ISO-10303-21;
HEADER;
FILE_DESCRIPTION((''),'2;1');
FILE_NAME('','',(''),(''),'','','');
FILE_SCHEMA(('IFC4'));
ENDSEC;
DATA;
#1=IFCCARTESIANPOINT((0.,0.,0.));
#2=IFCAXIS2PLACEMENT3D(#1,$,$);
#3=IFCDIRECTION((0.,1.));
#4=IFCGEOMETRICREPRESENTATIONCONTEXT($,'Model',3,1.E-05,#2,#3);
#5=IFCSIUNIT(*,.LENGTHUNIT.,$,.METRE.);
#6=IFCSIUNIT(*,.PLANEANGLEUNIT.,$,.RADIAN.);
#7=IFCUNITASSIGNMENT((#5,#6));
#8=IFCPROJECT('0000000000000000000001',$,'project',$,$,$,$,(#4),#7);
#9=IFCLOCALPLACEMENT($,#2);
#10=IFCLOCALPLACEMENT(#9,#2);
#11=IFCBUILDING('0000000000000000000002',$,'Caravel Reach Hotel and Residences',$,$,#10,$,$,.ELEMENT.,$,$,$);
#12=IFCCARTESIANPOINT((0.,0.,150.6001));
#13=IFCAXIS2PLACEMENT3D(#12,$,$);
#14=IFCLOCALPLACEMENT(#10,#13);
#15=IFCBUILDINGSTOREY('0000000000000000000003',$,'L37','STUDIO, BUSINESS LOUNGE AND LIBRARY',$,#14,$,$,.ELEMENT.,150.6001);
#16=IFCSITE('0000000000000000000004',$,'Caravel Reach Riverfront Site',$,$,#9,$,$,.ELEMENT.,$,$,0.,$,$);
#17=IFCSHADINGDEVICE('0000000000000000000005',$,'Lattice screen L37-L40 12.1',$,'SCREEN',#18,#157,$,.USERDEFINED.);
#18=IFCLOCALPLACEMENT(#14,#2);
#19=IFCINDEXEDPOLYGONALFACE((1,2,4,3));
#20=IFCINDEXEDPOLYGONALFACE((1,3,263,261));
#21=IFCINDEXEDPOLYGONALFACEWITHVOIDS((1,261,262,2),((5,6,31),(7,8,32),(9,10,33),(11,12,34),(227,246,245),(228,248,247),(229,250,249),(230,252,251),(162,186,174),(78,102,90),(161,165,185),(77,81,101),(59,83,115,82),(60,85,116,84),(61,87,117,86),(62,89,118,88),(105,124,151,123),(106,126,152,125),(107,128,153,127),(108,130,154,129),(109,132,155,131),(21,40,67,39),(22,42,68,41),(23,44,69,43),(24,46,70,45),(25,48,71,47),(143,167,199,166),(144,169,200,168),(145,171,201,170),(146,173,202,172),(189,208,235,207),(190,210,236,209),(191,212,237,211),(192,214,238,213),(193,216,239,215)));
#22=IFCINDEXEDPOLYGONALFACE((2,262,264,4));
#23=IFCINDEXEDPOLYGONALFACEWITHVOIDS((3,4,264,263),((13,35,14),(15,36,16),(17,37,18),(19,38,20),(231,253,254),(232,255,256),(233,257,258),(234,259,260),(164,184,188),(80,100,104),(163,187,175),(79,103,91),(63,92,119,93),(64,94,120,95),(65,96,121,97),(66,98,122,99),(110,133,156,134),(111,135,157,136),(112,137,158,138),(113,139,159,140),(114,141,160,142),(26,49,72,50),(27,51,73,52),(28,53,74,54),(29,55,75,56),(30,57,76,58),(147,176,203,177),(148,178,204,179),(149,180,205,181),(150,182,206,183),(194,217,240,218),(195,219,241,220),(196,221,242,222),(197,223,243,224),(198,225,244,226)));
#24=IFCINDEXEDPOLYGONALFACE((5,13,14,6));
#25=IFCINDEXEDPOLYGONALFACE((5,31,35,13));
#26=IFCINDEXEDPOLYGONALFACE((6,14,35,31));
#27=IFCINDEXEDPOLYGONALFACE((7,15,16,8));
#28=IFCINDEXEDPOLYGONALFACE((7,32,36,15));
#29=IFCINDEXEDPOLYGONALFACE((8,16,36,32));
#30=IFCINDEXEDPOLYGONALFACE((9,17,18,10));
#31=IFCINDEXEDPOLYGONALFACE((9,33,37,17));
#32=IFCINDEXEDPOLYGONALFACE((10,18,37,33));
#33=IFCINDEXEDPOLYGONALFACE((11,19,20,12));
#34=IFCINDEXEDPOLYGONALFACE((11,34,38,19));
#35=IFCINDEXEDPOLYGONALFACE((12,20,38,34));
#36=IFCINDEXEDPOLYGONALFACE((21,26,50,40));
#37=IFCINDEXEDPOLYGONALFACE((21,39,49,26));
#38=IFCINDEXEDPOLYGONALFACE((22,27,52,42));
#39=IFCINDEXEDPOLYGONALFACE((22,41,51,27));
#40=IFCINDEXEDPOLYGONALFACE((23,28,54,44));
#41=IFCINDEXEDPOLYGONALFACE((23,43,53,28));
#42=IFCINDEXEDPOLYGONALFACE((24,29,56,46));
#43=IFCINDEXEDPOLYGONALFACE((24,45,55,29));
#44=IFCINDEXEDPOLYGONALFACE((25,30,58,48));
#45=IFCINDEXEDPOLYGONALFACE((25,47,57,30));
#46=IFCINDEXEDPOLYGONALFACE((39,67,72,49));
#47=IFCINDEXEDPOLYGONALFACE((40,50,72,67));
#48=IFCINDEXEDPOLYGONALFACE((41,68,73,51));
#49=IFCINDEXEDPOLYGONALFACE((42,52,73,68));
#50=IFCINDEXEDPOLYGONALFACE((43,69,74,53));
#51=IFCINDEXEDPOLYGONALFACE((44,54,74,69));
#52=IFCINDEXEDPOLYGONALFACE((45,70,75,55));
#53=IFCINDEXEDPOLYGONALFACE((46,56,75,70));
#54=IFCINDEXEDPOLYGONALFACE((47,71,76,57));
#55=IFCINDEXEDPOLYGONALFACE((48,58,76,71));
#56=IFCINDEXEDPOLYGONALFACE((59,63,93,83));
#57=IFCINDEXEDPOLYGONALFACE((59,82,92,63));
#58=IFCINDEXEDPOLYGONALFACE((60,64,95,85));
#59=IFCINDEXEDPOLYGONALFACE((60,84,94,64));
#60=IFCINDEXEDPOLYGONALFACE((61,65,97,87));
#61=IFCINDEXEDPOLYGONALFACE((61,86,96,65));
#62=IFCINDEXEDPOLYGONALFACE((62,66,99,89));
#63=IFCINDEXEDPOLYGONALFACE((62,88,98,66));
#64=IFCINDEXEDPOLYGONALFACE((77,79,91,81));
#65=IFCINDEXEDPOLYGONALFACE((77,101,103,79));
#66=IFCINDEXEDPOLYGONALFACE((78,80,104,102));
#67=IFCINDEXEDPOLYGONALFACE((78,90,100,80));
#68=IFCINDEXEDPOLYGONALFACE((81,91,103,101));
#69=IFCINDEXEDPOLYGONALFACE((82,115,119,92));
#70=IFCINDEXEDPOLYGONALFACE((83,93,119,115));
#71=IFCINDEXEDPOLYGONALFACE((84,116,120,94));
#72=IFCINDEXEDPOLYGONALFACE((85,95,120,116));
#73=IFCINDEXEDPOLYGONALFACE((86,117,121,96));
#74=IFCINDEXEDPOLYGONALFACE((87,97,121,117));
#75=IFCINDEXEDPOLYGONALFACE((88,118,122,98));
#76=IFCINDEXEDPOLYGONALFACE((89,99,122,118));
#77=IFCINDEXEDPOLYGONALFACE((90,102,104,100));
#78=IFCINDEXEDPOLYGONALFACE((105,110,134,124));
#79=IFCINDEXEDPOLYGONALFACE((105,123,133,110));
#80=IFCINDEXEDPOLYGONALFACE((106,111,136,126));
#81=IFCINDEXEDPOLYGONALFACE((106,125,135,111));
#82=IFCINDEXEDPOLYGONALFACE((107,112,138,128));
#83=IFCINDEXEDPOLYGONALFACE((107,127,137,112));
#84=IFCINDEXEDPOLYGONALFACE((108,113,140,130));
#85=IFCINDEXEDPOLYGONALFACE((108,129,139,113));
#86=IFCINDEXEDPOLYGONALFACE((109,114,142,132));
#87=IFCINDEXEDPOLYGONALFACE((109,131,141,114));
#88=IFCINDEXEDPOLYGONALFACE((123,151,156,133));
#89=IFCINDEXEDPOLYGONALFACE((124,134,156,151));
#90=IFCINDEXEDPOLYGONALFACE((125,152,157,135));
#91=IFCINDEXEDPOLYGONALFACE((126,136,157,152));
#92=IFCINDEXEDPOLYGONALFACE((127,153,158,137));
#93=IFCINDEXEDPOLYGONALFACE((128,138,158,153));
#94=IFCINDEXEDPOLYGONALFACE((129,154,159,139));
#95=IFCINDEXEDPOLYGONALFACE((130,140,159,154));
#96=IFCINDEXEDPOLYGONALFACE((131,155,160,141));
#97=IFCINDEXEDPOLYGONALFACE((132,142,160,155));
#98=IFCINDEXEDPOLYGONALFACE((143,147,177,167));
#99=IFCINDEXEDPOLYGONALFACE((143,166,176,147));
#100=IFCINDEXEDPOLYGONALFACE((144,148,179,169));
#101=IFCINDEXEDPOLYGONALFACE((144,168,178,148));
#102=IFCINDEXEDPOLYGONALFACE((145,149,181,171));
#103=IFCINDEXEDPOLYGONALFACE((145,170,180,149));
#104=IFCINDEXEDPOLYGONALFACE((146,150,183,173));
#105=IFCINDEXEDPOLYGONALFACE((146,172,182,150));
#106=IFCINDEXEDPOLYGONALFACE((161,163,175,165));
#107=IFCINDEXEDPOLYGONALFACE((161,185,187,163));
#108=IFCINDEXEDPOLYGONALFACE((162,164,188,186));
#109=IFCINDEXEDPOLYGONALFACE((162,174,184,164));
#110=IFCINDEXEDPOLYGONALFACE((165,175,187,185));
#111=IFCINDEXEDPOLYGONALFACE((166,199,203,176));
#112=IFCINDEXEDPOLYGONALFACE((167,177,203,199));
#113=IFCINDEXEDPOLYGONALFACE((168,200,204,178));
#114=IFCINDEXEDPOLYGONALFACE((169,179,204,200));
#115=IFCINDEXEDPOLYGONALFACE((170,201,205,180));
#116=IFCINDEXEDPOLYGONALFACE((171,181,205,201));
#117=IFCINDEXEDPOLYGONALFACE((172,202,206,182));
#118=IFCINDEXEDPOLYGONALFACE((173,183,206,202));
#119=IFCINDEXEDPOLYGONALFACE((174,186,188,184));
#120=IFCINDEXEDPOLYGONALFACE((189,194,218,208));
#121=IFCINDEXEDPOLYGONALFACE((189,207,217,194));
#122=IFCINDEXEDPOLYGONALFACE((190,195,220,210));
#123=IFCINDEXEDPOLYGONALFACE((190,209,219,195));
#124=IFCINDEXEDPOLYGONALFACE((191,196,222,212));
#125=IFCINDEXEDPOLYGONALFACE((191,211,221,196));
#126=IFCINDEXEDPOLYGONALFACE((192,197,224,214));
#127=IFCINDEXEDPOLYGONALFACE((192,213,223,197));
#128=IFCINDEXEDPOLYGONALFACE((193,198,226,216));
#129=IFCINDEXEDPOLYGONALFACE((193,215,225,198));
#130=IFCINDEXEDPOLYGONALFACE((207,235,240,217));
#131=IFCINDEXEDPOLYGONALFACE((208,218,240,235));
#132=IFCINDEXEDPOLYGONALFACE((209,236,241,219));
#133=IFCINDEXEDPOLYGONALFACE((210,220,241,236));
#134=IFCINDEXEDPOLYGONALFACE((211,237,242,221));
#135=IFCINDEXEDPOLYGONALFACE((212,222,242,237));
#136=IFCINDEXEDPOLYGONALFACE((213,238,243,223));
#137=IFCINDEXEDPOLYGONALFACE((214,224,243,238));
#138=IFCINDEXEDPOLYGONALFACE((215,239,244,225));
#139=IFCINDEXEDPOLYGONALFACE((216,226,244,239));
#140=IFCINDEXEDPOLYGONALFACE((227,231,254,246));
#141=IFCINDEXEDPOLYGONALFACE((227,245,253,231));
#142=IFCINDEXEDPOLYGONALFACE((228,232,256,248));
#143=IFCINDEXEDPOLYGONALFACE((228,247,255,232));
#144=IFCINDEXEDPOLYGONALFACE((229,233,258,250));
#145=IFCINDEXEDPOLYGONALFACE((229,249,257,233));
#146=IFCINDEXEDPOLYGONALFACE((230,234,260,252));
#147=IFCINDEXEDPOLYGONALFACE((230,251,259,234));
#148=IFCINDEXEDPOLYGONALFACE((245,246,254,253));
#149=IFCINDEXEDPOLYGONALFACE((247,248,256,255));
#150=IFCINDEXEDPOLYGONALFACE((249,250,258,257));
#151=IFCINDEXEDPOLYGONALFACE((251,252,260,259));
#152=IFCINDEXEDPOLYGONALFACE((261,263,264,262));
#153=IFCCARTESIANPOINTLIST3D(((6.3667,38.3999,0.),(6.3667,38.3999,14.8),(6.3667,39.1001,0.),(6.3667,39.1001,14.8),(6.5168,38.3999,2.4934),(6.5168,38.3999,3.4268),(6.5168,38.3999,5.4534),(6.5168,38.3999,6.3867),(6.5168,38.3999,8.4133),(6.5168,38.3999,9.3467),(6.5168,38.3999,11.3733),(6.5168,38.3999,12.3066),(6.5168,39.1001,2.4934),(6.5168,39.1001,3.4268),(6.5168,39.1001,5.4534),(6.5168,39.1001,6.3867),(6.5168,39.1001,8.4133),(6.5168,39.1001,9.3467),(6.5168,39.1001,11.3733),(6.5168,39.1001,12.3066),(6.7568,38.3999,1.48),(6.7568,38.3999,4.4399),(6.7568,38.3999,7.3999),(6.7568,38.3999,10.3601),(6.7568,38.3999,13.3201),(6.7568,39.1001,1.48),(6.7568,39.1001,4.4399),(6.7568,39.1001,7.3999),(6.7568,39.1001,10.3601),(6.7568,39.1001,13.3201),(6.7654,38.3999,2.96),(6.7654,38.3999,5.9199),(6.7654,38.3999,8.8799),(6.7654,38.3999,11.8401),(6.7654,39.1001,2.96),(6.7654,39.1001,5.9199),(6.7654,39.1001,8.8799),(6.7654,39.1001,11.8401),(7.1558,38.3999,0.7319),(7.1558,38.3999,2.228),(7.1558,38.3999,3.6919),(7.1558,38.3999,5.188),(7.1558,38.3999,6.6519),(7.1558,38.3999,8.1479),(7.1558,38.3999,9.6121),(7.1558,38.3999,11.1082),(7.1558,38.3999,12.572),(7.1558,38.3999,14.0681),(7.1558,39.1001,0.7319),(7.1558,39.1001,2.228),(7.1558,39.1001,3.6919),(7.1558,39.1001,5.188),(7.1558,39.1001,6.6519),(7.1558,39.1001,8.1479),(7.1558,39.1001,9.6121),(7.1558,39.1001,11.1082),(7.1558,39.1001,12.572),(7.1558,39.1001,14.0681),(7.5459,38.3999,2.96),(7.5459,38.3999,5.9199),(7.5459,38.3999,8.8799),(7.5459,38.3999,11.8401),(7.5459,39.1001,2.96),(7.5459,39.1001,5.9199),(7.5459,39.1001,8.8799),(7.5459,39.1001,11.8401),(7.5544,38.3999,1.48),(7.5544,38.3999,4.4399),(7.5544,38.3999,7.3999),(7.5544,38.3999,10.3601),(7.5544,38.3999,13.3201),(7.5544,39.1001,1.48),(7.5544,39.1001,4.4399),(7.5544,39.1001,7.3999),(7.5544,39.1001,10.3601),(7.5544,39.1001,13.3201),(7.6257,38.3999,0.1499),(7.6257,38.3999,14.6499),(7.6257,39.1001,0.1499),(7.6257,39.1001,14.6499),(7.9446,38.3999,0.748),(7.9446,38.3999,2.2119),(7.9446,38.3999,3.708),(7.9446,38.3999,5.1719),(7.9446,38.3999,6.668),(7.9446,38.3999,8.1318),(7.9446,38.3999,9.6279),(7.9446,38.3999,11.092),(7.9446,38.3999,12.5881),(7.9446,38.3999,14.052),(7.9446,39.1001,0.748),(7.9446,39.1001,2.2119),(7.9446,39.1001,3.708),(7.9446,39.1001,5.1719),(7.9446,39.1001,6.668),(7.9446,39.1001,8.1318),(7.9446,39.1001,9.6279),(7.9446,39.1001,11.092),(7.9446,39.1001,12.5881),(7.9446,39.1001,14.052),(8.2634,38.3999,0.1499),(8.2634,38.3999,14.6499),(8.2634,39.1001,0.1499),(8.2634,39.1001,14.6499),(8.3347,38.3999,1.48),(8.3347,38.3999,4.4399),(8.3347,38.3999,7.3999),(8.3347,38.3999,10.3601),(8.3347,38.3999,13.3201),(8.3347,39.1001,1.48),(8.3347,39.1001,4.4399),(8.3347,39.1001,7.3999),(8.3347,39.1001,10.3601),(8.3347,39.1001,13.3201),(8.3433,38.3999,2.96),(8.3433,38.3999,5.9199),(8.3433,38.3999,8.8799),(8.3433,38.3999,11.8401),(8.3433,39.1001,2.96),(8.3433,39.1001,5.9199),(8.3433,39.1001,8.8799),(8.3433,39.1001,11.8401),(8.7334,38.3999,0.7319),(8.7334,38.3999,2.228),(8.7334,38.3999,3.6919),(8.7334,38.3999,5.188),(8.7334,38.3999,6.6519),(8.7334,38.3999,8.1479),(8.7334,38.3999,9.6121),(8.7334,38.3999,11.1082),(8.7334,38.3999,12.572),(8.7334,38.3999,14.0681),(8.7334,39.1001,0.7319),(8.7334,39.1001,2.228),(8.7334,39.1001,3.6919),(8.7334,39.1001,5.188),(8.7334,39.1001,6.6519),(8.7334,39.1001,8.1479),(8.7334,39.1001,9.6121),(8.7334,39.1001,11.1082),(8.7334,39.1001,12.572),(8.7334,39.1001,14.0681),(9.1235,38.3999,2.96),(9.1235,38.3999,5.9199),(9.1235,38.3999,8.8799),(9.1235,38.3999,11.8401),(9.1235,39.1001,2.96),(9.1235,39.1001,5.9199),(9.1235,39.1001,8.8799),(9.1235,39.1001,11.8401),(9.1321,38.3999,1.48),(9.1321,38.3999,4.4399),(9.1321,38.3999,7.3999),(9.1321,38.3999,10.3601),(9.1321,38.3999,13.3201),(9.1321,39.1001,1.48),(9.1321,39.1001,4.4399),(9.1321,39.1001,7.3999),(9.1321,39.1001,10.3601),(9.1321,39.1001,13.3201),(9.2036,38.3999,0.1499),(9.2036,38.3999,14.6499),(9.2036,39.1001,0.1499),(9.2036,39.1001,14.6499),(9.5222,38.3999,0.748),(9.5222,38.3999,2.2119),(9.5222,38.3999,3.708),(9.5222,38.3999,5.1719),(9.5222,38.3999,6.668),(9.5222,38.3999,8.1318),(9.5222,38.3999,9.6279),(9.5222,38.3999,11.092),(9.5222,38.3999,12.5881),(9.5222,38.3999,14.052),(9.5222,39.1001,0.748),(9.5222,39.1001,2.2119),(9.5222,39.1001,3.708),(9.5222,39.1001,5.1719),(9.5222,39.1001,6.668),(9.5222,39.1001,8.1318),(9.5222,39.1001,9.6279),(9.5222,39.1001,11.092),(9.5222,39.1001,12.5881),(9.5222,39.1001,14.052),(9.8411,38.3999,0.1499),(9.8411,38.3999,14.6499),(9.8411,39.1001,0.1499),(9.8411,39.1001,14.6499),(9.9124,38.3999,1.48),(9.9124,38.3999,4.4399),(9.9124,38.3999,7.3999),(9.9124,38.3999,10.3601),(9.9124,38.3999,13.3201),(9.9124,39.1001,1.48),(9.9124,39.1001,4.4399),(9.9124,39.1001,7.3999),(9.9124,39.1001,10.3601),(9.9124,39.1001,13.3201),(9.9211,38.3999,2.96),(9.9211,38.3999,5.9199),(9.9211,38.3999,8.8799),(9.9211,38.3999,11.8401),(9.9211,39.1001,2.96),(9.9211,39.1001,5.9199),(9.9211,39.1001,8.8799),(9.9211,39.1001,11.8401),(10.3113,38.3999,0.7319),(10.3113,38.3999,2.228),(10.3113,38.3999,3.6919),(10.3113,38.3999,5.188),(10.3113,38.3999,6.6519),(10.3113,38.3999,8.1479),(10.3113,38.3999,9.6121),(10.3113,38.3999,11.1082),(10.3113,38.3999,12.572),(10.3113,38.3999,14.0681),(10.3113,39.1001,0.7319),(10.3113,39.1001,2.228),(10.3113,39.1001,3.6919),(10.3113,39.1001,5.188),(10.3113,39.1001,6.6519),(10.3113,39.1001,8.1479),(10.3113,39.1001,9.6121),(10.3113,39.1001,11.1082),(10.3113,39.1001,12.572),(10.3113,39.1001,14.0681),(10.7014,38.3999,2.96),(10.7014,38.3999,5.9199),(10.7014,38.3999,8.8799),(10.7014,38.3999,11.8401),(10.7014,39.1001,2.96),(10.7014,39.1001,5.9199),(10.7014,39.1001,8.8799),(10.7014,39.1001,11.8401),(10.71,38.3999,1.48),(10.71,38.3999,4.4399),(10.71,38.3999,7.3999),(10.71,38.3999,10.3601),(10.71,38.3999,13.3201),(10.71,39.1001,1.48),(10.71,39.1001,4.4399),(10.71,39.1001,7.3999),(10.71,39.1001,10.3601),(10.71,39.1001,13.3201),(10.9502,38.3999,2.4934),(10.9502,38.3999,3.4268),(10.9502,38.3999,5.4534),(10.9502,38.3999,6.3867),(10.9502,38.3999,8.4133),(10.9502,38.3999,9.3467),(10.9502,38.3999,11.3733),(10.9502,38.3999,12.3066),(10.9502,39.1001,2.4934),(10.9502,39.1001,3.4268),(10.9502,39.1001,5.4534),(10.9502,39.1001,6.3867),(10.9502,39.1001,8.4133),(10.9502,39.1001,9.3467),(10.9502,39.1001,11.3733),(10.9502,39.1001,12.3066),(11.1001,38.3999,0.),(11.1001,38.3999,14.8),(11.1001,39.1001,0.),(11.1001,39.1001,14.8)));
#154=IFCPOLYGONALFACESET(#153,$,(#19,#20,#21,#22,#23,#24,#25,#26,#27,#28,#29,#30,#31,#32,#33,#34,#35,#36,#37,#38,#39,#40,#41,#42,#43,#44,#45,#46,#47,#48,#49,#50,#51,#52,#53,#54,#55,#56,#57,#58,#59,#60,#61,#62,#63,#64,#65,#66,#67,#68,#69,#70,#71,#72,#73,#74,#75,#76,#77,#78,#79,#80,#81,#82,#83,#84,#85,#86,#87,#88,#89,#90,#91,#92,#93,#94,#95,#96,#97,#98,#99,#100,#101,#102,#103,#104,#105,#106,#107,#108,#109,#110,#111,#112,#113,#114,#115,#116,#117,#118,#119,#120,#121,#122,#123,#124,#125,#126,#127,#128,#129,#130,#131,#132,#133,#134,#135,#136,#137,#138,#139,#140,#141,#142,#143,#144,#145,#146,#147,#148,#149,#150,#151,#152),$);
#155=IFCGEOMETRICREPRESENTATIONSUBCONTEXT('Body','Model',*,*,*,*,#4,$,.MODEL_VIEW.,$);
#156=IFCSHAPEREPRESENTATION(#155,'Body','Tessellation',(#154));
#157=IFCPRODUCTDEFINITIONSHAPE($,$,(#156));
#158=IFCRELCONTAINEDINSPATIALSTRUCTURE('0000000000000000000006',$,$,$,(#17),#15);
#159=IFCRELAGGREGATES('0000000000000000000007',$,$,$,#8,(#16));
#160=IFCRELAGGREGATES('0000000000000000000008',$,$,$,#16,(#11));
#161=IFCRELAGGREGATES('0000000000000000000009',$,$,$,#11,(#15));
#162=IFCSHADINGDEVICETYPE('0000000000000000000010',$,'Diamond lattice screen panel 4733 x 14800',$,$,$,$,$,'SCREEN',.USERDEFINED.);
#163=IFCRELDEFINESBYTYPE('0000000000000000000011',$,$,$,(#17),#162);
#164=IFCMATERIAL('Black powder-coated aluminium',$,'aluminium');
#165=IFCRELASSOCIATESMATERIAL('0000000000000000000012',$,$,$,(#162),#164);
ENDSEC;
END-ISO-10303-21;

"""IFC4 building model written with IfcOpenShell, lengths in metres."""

from ifc_helpers import new_model, si_unit, direction, frame, origin, place, context, subcontext, project, spatial, polyline, outline, extrude, material, type_object, element, save


model = new_model("IFC4")

# Units and contexts
model_context = context("Model", 3, precision=1e-05, world=origin(), true_north=direction((0.0, 1.0)))
body_context = subcontext(model_context, "Body", "Model", "MODEL_VIEW")
ifc_project = project(units=[si_unit("LENGTHUNIT", "METRE"), si_unit("PLANEANGLEUNIT", "RADIAN")], contexts=[model_context])

# Site, building, storey
site_placement = place(None, origin())
site = spatial("IfcSite", under=ifc_project, at=site_placement, Name="Caravel Reach Riverfront Site", CompositionType="ELEMENT", RefElevation=0.0)
building_placement = place(site_placement, origin())
building = spatial("IfcBuilding", under=site, at=building_placement, Name="Caravel Reach Hotel and Residences", CompositionType="ELEMENT")
storey_placement = place(building_placement, frame((0.0, 0.0, 150.6001)))
storey = spatial("IfcBuildingStorey", under=building, at=storey_placement, Name="L37", Description="STUDIO, BUSINESS LOUNGE AND LIBRARY", CompositionType="ELEMENT", Elevation=150.6001)

# Shading device
ifc_material_1 = material(Name="Black powder-coated aluminium", Category="aluminium")
shading_device_type_1 = type_object("IfcShadingDeviceType", Name="Diamond lattice screen panel 4733 x 14800", ElementType="SCREEN", PredefinedType="USERDEFINED", material=ifc_material_1)
shading_device_1_placement = place(storey_placement, frame((11.1001, 38.3999, 0.0), z_axis=(0.0, 1.0, 0.0), x_axis=(-1.0, 0.0, 0.0)))
element("IfcShadingDevice", 1, at=shading_device_1_placement, inside=storey, type_object=shading_device_type_1, Name="Lattice screen L37-L40 12.1", ObjectType="SCREEN", PredefinedType="USERDEFINED", context=body_context, shape_type="SweptSolid", body=[
    extrude(outline(polyline([(0.0, 0.0), (4.7334, 0.0), (4.7334, 14.8), (0.0, 14.8), (0.0, 0.0)]), holes=[polyline([(0.3987, 2.96), (0.1499, 3.4268), (0.1499, 2.4934), (0.3987, 2.96)]), polyline([(0.3987, 5.9199), (0.1499, 6.3867), (0.1499, 5.4534), (0.3987, 5.9199)]), polyline([(0.3987, 8.8799), (0.1499, 9.3467), (0.1499, 8.4133), (0.3987, 8.8799)]), polyline([(0.3987, 11.8401), (0.1499, 12.3066), (0.1499, 11.3733), (0.3987, 11.8401)]), polyline([(0.7888, 2.228), (0.3901, 1.48), (0.7888, 0.7319), (1.1877, 1.48), (0.7888, 2.228)]), polyline([(0.7888, 5.188), (0.3901, 4.4399), (0.7888, 3.6919), (1.1877, 4.4399), (0.7888, 5.188)]), polyline([(0.7888, 8.1479), (0.3901, 7.3999), (0.7888, 6.6519), (1.1877, 7.3999), (0.7888, 8.1479)]), polyline([(0.7888, 11.1082), (0.3901, 10.3601), (0.7888, 9.6121), (1.1877, 10.3601), (0.7888, 11.1082)]), polyline([(0.7888, 14.0681), (0.3901, 13.3201), (0.7888, 12.572), (1.1877, 13.3201), (0.7888, 14.0681)]), polyline([(1.5779, 0.748), (1.259, 0.1499), (1.8965, 0.1499), (1.5779, 0.748)]), polyline([(1.5779, 3.708), (1.179, 2.96), (1.5779, 2.2119), (1.9766, 2.96), (1.5779, 3.708)]), polyline([(1.5779, 6.668), (1.179, 5.9199), (1.5779, 5.1719), (1.9766, 5.9199), (1.5779, 6.668)]), polyline([(1.5779, 9.6279), (1.179, 8.8799), (1.5779, 8.1318), (1.9766, 8.8799), (1.5779, 9.6279)]), polyline([(1.5779, 12.5881), (1.179, 11.8401), (1.5779, 11.092), (1.9766, 11.8401), (1.5779, 12.5881)]), polyline([(1.5779, 14.052), (1.8965, 14.6499), (1.259, 14.6499), (1.5779, 14.052)]), polyline([(2.3667, 2.228), (1.968, 1.48), (2.3667, 0.7319), (2.7654, 1.48), (2.3667, 2.228)]), polyline([(2.3667, 5.188), (1.968, 4.4399), (2.3667, 3.6919), (2.7654, 4.4399), (2.3667, 5.188)]), polyline([(2.3667, 8.1479), (1.968, 7.3999), (2.3667, 6.6519), (2.7654, 7.3999), (2.3667, 8.1479)]), polyline([(2.3667, 11.1082), (1.968, 10.3601), (2.3667, 9.6121), (2.7654, 10.3601), (2.3667, 11.1082)]), polyline([(2.3667, 14.0681), (1.968, 13.3201), (2.3667, 12.572), (2.7654, 13.3201), (2.3667, 14.0681)]), polyline([(3.1555, 0.748), (2.8367, 0.1499), (3.4744, 0.1499), (3.1555, 0.748)]), polyline([(3.1555, 3.708), (2.7568, 2.96), (3.1555, 2.2119), (3.5542, 2.96), (3.1555, 3.708)]), polyline([(3.1555, 6.668), (2.7568, 5.9199), (3.1555, 5.1719), (3.5542, 5.9199), (3.1555, 6.668)]), polyline([(3.1555, 9.6279), (2.7568, 8.8799), (3.1555, 8.1318), (3.5542, 8.8799), (3.1555, 9.6279)]), polyline([(3.1555, 12.5881), (2.7568, 11.8401), (3.1555, 11.092), (3.5542, 11.8401), (3.1555, 12.5881)]), polyline([(3.1555, 14.052), (3.4744, 14.6499), (2.8367, 14.6499), (3.1555, 14.052)]), polyline([(3.9443, 2.228), (3.5457, 1.48), (3.9443, 0.7319), (4.3433, 1.48), (3.9443, 2.228)]), polyline([(3.9443, 5.188), (3.5457, 4.4399), (3.9443, 3.6919), (4.3433, 4.4399), (3.9443, 5.188)]), polyline([(3.9443, 8.1479), (3.5457, 7.3999), (3.9443, 6.6519), (4.3433, 7.3999), (3.9443, 8.1479)]), polyline([(3.9443, 11.1082), (3.5457, 10.3601), (3.9443, 9.6121), (4.3433, 10.3601), (3.9443, 11.1082)]), polyline([(3.9443, 14.0681), (3.5457, 13.3201), (3.9443, 12.572), (4.3433, 13.3201), (3.9443, 14.0681)]), polyline([(4.3347, 2.96), (4.5833, 2.4934), (4.5833, 3.4268), (4.3347, 2.96)]), polyline([(4.3347, 5.9199), (4.5833, 5.4534), (4.5833, 6.3867), (4.3347, 5.9199)]), polyline([(4.3347, 8.8799), (4.5833, 8.4133), (4.5833, 9.3467), (4.3347, 8.8799)]), polyline([(4.3347, 11.8401), (4.5833, 11.3733), (4.5833, 12.3066), (4.3347, 11.8401)])]), origin(), (0.0, 0.0, 1.0), 0.7002),
])

save(model, "model.ifc")
